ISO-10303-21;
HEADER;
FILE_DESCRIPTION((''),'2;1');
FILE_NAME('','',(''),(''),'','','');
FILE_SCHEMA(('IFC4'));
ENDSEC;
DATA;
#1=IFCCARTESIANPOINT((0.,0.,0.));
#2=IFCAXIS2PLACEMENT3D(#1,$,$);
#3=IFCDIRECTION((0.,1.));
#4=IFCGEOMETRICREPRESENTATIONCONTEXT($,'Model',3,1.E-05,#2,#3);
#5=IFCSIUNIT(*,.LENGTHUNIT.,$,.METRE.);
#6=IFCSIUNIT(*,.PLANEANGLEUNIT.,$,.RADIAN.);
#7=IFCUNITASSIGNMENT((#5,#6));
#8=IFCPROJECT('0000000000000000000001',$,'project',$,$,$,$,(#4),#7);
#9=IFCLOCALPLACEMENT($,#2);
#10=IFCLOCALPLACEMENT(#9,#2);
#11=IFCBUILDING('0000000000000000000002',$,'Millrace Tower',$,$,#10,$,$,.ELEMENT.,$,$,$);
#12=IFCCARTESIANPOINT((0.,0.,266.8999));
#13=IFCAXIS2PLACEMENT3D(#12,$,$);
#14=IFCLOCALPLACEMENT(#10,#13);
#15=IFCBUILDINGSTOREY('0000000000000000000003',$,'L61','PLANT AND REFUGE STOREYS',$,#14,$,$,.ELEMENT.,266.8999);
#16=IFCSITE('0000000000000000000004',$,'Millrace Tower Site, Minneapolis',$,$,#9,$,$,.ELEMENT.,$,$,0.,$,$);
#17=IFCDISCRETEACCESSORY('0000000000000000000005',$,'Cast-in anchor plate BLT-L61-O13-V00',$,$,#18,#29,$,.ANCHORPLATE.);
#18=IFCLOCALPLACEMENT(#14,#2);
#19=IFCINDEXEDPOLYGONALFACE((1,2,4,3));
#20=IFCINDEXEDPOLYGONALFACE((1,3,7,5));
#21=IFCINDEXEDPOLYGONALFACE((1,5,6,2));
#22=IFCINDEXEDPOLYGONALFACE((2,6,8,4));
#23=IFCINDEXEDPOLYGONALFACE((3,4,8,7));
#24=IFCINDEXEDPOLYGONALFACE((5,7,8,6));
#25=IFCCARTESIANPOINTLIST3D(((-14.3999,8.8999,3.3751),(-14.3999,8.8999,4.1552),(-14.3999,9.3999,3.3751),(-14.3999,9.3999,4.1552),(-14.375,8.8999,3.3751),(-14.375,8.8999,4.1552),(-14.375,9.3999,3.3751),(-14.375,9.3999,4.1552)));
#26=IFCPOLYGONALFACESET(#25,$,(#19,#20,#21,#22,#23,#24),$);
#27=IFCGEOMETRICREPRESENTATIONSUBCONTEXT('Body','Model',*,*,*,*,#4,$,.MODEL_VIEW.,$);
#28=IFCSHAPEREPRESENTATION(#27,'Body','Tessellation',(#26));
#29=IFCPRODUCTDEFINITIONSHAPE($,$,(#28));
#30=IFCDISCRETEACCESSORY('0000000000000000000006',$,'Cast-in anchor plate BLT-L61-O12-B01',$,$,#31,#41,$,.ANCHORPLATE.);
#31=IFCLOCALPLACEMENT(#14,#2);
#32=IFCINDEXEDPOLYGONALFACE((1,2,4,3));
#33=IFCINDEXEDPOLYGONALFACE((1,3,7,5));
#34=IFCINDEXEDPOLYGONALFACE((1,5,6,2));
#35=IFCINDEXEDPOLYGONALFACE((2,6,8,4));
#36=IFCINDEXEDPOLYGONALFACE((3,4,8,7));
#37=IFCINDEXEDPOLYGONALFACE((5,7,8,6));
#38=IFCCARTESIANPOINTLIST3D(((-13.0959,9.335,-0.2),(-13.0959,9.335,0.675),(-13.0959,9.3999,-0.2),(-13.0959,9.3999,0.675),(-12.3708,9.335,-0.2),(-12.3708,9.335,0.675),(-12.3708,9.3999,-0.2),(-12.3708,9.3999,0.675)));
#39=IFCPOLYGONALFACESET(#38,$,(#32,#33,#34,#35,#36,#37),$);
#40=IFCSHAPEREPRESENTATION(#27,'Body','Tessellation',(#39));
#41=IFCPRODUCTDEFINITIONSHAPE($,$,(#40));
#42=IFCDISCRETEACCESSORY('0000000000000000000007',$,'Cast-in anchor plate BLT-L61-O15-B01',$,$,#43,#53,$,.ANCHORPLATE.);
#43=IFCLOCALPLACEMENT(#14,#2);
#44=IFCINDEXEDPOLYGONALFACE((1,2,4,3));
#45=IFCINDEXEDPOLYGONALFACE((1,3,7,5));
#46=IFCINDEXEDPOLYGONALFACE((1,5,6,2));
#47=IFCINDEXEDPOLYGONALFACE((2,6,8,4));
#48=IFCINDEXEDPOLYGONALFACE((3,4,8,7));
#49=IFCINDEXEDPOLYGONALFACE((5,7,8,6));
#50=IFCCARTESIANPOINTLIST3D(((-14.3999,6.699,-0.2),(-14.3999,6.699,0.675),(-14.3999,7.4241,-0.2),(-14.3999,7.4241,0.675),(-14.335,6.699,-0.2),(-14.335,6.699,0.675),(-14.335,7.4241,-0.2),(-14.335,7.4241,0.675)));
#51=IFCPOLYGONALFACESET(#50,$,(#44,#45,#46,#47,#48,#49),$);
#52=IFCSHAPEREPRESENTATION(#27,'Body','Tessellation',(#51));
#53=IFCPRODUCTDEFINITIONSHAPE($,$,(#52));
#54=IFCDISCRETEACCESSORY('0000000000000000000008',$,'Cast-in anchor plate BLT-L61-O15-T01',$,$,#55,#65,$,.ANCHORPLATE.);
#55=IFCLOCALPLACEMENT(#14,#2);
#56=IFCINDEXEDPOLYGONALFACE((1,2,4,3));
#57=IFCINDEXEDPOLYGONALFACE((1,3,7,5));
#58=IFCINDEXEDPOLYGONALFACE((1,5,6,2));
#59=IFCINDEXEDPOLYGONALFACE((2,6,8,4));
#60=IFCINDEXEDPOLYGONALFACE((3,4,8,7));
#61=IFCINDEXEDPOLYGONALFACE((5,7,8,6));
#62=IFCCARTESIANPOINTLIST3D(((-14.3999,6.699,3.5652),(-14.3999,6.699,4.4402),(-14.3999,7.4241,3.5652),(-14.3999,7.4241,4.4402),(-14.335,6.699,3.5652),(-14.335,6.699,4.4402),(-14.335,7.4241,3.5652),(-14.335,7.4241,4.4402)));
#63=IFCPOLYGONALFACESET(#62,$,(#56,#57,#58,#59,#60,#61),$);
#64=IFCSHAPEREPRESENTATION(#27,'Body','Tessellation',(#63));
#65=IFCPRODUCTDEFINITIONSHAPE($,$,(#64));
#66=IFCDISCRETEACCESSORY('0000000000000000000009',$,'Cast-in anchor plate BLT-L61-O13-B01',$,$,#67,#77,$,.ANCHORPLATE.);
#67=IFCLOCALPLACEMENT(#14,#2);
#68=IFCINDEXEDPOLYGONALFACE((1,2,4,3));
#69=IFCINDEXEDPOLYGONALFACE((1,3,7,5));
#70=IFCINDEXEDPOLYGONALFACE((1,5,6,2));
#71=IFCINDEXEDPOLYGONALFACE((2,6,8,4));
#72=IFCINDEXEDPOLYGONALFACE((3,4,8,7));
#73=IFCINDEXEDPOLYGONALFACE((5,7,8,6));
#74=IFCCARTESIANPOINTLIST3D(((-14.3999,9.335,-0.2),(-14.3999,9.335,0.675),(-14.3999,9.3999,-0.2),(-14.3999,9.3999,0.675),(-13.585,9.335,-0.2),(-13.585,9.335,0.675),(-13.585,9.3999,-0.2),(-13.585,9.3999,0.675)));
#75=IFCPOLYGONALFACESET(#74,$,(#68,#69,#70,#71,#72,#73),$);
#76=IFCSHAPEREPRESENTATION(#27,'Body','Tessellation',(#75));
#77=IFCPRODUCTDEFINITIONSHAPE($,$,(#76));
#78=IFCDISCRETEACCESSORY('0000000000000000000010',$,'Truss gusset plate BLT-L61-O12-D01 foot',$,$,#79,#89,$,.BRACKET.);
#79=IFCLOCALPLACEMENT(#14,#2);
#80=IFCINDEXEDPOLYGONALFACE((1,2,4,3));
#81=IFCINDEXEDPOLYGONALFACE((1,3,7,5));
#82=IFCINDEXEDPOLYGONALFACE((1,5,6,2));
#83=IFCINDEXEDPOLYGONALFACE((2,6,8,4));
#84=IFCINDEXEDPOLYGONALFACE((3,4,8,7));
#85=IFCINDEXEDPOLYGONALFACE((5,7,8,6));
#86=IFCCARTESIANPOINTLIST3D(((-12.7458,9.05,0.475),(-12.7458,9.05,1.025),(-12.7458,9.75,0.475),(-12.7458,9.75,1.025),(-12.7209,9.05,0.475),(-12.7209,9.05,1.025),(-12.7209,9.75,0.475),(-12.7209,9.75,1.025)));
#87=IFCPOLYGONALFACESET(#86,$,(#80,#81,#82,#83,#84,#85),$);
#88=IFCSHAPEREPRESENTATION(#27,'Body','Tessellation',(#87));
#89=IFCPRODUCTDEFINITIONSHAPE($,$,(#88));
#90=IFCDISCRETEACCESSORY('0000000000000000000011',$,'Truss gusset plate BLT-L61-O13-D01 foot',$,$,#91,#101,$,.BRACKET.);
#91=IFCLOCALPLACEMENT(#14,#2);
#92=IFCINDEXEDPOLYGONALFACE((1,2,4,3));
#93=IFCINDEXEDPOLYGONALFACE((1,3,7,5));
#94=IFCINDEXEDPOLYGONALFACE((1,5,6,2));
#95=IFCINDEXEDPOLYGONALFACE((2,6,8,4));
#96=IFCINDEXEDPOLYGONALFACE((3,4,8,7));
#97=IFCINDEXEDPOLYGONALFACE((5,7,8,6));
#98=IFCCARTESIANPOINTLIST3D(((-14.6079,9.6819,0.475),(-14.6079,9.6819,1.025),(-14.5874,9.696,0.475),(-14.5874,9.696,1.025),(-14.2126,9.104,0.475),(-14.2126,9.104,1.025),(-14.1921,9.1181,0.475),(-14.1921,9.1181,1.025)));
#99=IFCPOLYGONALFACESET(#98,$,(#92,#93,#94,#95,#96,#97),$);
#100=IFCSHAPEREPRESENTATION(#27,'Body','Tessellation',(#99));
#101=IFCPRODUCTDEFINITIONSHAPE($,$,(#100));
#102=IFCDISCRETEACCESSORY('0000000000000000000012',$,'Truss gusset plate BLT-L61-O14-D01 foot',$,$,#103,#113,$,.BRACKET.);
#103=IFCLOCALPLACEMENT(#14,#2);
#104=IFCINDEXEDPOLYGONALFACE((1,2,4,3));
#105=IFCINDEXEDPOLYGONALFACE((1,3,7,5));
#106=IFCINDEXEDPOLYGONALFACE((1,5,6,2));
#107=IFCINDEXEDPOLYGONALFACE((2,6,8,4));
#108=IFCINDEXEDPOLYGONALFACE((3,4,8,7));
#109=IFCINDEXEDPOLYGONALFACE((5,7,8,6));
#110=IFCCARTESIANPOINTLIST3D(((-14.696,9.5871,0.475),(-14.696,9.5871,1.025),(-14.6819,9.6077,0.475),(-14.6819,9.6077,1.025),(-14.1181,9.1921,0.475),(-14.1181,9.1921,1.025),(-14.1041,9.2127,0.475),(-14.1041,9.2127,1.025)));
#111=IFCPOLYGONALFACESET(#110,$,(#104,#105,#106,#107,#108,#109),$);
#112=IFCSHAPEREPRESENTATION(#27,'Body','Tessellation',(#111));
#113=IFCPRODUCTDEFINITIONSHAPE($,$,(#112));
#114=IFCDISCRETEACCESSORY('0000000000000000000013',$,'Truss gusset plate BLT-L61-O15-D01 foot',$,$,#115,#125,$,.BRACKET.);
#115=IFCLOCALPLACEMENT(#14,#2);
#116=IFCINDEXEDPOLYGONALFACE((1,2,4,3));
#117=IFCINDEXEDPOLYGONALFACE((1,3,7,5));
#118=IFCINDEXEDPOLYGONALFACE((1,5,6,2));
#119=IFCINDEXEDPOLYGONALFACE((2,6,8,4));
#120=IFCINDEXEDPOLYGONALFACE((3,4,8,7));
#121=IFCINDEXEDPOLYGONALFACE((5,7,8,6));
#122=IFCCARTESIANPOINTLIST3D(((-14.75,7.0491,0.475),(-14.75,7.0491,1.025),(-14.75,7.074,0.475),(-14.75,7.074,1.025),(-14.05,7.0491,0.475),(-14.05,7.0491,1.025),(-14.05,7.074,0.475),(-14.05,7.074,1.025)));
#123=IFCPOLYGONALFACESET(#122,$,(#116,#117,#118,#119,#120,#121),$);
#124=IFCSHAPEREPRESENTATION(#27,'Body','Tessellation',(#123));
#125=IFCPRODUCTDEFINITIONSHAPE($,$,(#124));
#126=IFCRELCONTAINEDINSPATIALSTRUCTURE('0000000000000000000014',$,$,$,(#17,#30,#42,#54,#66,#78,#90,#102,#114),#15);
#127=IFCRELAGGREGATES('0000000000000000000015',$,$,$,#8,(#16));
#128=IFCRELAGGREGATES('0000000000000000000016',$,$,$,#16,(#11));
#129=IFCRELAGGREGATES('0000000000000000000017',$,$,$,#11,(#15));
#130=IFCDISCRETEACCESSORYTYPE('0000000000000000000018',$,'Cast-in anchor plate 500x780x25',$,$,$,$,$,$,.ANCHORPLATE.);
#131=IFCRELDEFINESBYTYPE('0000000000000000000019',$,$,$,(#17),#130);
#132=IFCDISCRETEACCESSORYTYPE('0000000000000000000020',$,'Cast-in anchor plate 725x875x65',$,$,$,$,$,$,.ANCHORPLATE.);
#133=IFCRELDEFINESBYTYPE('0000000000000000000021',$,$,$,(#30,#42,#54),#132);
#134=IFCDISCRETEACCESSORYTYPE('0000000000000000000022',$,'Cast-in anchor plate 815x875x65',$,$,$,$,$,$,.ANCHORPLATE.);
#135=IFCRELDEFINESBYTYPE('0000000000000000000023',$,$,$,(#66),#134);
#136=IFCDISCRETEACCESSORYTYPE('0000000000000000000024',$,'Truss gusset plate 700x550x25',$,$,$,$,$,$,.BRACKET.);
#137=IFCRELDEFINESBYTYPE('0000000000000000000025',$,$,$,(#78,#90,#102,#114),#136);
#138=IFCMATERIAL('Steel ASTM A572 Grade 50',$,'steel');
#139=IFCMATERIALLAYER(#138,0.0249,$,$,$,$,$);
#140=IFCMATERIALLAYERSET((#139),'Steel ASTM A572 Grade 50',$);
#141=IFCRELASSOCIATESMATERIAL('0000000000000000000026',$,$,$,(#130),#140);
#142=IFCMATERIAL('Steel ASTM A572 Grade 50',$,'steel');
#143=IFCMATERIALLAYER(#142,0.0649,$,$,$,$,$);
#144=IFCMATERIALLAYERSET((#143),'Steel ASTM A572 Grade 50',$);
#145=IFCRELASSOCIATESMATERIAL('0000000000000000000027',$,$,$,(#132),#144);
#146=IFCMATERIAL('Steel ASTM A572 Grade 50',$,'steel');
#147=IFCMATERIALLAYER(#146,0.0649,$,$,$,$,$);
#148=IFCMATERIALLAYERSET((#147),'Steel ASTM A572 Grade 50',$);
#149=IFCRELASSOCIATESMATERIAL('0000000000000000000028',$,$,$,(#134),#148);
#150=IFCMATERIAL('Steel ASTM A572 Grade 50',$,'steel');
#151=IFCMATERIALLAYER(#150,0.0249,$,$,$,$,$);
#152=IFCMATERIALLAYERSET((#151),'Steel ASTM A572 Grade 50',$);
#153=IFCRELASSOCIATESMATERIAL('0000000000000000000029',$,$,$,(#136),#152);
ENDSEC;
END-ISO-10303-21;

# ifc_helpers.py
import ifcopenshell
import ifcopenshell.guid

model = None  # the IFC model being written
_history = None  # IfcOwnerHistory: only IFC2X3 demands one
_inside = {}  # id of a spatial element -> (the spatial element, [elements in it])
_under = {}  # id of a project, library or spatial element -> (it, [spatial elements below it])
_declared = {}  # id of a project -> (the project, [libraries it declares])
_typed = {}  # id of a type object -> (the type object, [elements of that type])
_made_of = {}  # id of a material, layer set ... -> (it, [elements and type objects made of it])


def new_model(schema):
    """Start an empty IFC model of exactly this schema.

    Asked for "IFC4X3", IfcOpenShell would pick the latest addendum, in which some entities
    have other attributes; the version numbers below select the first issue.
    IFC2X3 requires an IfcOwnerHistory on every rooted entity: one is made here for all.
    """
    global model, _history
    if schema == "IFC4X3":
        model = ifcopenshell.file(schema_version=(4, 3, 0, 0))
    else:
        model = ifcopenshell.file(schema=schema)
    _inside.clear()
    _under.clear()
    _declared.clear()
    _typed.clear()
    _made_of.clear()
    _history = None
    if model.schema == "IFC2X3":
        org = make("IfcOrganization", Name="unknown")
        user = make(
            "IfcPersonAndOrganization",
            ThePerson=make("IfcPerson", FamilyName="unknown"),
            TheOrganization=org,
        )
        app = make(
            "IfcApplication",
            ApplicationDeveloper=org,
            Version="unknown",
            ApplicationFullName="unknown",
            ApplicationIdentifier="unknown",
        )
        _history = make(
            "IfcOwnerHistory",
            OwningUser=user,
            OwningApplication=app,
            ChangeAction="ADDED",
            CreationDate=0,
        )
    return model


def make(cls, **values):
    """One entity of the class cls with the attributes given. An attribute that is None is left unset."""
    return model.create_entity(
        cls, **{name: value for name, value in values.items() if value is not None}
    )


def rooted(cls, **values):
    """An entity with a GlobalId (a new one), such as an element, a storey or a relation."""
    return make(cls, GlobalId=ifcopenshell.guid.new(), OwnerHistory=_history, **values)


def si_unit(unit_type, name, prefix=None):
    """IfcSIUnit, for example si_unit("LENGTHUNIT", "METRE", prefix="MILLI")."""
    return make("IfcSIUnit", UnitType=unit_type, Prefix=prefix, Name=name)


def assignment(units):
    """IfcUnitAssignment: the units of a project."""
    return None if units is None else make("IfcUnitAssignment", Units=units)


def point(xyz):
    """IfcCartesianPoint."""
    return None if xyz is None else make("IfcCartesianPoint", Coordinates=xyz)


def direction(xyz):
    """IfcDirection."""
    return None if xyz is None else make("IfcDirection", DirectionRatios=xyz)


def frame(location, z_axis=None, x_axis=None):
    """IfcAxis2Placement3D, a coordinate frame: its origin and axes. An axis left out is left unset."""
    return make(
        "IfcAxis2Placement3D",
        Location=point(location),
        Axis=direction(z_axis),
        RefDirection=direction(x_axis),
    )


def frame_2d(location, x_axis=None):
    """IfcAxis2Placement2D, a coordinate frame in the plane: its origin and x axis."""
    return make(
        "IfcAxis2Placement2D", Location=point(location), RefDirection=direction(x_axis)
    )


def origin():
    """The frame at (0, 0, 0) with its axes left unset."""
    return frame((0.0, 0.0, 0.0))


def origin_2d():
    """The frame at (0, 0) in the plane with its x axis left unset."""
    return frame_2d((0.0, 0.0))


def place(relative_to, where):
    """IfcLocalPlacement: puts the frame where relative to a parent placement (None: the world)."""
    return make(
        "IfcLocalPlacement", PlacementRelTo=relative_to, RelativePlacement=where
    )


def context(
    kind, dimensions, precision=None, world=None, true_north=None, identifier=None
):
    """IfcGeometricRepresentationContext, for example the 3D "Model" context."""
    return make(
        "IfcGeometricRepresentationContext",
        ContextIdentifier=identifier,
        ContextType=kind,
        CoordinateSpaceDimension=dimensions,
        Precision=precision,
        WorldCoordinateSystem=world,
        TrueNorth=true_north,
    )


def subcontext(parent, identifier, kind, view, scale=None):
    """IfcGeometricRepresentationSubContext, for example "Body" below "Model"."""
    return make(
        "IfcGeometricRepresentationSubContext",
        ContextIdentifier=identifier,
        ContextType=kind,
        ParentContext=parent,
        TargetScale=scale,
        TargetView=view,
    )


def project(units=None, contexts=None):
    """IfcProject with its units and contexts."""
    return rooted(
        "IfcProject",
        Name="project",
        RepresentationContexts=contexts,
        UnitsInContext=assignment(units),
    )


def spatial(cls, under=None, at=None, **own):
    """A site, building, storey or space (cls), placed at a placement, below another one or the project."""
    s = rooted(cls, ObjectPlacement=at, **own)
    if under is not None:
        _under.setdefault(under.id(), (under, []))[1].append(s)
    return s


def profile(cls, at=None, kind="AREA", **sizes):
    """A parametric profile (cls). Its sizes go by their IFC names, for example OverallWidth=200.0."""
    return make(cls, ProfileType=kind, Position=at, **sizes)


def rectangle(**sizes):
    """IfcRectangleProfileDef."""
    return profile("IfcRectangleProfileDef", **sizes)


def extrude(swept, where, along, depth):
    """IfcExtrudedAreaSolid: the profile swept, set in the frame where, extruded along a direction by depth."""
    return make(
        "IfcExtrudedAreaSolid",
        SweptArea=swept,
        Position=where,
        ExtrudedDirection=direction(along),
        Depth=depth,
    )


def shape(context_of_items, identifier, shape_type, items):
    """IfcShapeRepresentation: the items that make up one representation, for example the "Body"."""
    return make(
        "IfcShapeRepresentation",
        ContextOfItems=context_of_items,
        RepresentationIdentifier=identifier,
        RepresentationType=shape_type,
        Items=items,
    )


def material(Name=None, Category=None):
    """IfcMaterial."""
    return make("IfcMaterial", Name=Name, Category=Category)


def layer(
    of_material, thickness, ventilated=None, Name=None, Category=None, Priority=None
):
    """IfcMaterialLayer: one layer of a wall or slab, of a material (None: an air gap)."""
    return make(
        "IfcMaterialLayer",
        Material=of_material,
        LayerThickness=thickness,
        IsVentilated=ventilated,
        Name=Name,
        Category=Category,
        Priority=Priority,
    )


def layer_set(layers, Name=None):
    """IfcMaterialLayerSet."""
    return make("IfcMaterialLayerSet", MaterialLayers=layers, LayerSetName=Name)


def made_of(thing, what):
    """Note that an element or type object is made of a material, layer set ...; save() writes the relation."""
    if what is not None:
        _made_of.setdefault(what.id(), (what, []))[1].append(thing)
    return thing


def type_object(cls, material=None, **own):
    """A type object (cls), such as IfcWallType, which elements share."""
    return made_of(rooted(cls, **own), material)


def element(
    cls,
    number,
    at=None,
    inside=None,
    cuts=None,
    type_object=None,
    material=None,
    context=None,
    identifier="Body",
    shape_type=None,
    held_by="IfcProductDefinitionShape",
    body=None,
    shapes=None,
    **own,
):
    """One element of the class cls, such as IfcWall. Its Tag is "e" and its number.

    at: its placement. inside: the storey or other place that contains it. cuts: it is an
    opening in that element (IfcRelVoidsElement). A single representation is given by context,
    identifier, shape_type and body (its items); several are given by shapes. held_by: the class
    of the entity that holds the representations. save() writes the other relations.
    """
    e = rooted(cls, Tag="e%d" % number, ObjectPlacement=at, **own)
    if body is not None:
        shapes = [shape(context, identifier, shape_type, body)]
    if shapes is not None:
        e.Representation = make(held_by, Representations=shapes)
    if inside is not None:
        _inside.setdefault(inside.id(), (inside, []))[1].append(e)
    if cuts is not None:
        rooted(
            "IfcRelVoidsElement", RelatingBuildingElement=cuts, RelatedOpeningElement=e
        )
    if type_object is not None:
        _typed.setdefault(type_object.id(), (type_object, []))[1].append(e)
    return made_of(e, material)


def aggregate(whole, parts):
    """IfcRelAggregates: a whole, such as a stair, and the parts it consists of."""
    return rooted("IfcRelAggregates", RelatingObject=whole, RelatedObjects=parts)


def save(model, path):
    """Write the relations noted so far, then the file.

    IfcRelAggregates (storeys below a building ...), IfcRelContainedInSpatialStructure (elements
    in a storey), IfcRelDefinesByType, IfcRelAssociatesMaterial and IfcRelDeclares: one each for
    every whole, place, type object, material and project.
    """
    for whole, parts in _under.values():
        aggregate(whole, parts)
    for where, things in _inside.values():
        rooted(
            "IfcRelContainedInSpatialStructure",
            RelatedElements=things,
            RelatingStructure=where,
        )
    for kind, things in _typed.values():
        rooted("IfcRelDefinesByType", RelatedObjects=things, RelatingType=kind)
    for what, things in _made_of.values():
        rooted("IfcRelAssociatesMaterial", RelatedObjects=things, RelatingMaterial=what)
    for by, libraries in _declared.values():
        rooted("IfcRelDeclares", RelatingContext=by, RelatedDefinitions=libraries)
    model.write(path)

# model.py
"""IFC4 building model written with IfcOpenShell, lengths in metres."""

from ifc_helpers import new_model, si_unit, direction, frame, origin, origin_2d, place, context, subcontext, project, spatial, rectangle, extrude, material, layer, layer_set, type_object, element, save


model = new_model("IFC4")

# Units and contexts
model_context = context("Model", 3, precision=1e-05, world=origin(), true_north=direction((0.0, 1.0)))
body_context = subcontext(model_context, "Body", "Model", "MODEL_VIEW")
ifc_project = project(units=[si_unit("LENGTHUNIT", "METRE"), si_unit("PLANEANGLEUNIT", "RADIAN")], contexts=[model_context])

# Site, building, storey
site_placement = place(None, origin())
site = spatial("IfcSite", under=ifc_project, at=site_placement, Name="Millrace Tower Site, Minneapolis", CompositionType="ELEMENT", RefElevation=0.0)
building_placement = place(site_placement, origin())
building = spatial("IfcBuilding", under=site, at=building_placement, Name="Millrace Tower", CompositionType="ELEMENT")
storey_placement = place(building_placement, frame((0.0, 0.0, 266.8999)))
storey = spatial("IfcBuildingStorey", under=building, at=storey_placement, Name="L61", Description="PLANT AND REFUGE STOREYS", CompositionType="ELEMENT", Elevation=266.8999)

# Discrete accessories
ifc_material_1 = material(Name="Steel ASTM A572 Grade 50", Category="steel")
ifc_layer_1 = layer(ifc_material_1, 0.0249)
ifc_layer_set_1 = layer_set([ifc_layer_1], Name="Steel ASTM A572 Grade 50")
discrete_accessory_type_1 = type_object("IfcDiscreteAccessoryType", Name="Cast-in anchor plate 500x780x25", PredefinedType="ANCHORPLATE", material=ifc_layer_set_1)
discrete_accessory_1_placement = place(storey_placement, frame((-14.375, 9.1499, 3.7651), z_axis=(-1.0, 0.0, 0.0), x_axis=(0.0, -1.0, 0.0)))
element("IfcDiscreteAccessory", 1, at=discrete_accessory_1_placement, inside=storey, type_object=discrete_accessory_type_1, Name="Cast-in anchor plate BLT-L61-O13-V00", PredefinedType="ANCHORPLATE", context=body_context, shape_type="SweptSolid", body=[
    extrude(rectangle(XDim=0.5, YDim=0.78, at=origin_2d()), origin(), (0.0, 0.0, 1.0), 0.0249),
])
ifc_material_2 = material(Name="Steel ASTM A572 Grade 50", Category="steel")
ifc_layer_2 = layer(ifc_material_2, 0.0649)
ifc_layer_set_2 = layer_set([ifc_layer_2], Name="Steel ASTM A572 Grade 50")
discrete_accessory_type_2 = type_object("IfcDiscreteAccessoryType", Name="Cast-in anchor plate 725x875x65", PredefinedType="ANCHORPLATE", material=ifc_layer_set_2)
for number, where, z_axis, x_axis, name in (
    (2, (-12.7334, 9.335, 0.2375), (0.0, 1.0, 0.0), (-1.0, 0.0, 0.0), "Cast-in anchor plate BLT-L61-O12-B01"),
    (3, (-14.335, 7.0615, 0.2375), (-1.0, 0.0, 0.0), (0.0, -1.0, 0.0), "Cast-in anchor plate BLT-L61-O15-B01"),
    (4, (-14.335, 7.0615, 4.0027), (-1.0, 0.0, 0.0), (0.0, -1.0, 0.0), "Cast-in anchor plate BLT-L61-O15-T01"),
):
    element("IfcDiscreteAccessory", number, at=place(storey_placement, frame(where, z_axis=z_axis, x_axis=x_axis)), inside=storey, type_object=discrete_accessory_type_2, Name=name, PredefinedType="ANCHORPLATE", context=body_context, shape_type="SweptSolid", body=[
        extrude(rectangle(XDim=0.7251, YDim=0.875, at=origin_2d()), origin(), (0.0, 0.0, 1.0), 0.0649),
    ])
ifc_material_3 = material(Name="Steel ASTM A572 Grade 50", Category="steel")
ifc_layer_3 = layer(ifc_material_3, 0.0649)
ifc_layer_set_3 = layer_set([ifc_layer_3], Name="Steel ASTM A572 Grade 50")
discrete_accessory_type_3 = type_object("IfcDiscreteAccessoryType", Name="Cast-in anchor plate 815x875x65", PredefinedType="ANCHORPLATE", material=ifc_layer_set_3)
discrete_accessory_2_placement = place(storey_placement, frame((-13.9924, 9.335, 0.2375), z_axis=(0.0, 1.0, 0.0), x_axis=(-1.0, 0.0, 0.0)))
element("IfcDiscreteAccessory", 5, at=discrete_accessory_2_placement, inside=storey, type_object=discrete_accessory_type_3, Name="Cast-in anchor plate BLT-L61-O13-B01", PredefinedType="ANCHORPLATE", context=body_context, shape_type="SweptSolid", body=[
    extrude(rectangle(XDim=0.8149, YDim=0.875, at=origin_2d()), origin(), (0.0, 0.0, 1.0), 0.0649),
])
ifc_material_4 = material(Name="Steel ASTM A572 Grade 50", Category="steel")
ifc_layer_4 = layer(ifc_material_4, 0.0249)
ifc_layer_set_4 = layer_set([ifc_layer_4], Name="Steel ASTM A572 Grade 50")
discrete_accessory_type_4 = type_object("IfcDiscreteAccessoryType", Name="Truss gusset plate 700x550x25", PredefinedType="BRACKET", material=ifc_layer_set_4)
discrete_accessory_3_placement = place(storey_placement, frame((-12.7334, 9.05, 0.75), z_axis=(0.0, 1.0, 0.0), x_axis=(-1.0, 0.0, 0.0)))
element("IfcDiscreteAccessory", 6, at=discrete_accessory_3_placement, inside=storey, type_object=discrete_accessory_type_4, Name="Truss gusset plate BLT-L61-O12-D01 foot", PredefinedType="BRACKET", context=body_context, shape_type="SweptSolid", body=[
    extrude(rectangle(XDim=0.0249, YDim=0.55, at=origin_2d()), origin(), (0.0, 0.0, 1.0), 0.7),
])
discrete_accessory_4_placement = place(storey_placement, frame((-14.5977, 9.689, 0.75), z_axis=(0.564559, -0.825393, 0.0), x_axis=(0.825393, 0.564559, 0.0)))
element("IfcDiscreteAccessory", 7, at=discrete_accessory_4_placement, inside=storey, type_object=discrete_accessory_type_4, Name="Truss gusset plate BLT-L61-O13-D01 foot", PredefinedType="BRACKET", context=body_context, shape_type="SweptSolid", body=[
    extrude(rectangle(XDim=0.0249, YDim=0.55, at=origin_2d()), origin(), (0.0, 0.0, 1.0), 0.7002),
])
for number, where, z_axis, x_axis, name in (
    (8, (-14.689, 9.5974, 0.75), (0.825555, -0.564321, 0.0), (0.564321, 0.825555, 0.0), "Truss gusset plate BLT-L61-O14-D01 foot"),
    (9, (-14.75, 7.0615, 0.75), (1.0, 0.0, 0.0), (0.0, 1.0, 0.0), "Truss gusset plate BLT-L61-O15-D01 foot"),
):
    element("IfcDiscreteAccessory", number, at=place(storey_placement, frame(where, z_axis=z_axis, x_axis=x_axis)), inside=storey, type_object=discrete_accessory_type_4, Name=name, PredefinedType="BRACKET", context=body_context, shape_type="SweptSolid", body=[
        extrude(rectangle(XDim=0.0249, YDim=0.55, at=origin_2d()), origin(), (0.0, 0.0, 1.0), 0.7),
    ])

save(model, "model.ifc")
